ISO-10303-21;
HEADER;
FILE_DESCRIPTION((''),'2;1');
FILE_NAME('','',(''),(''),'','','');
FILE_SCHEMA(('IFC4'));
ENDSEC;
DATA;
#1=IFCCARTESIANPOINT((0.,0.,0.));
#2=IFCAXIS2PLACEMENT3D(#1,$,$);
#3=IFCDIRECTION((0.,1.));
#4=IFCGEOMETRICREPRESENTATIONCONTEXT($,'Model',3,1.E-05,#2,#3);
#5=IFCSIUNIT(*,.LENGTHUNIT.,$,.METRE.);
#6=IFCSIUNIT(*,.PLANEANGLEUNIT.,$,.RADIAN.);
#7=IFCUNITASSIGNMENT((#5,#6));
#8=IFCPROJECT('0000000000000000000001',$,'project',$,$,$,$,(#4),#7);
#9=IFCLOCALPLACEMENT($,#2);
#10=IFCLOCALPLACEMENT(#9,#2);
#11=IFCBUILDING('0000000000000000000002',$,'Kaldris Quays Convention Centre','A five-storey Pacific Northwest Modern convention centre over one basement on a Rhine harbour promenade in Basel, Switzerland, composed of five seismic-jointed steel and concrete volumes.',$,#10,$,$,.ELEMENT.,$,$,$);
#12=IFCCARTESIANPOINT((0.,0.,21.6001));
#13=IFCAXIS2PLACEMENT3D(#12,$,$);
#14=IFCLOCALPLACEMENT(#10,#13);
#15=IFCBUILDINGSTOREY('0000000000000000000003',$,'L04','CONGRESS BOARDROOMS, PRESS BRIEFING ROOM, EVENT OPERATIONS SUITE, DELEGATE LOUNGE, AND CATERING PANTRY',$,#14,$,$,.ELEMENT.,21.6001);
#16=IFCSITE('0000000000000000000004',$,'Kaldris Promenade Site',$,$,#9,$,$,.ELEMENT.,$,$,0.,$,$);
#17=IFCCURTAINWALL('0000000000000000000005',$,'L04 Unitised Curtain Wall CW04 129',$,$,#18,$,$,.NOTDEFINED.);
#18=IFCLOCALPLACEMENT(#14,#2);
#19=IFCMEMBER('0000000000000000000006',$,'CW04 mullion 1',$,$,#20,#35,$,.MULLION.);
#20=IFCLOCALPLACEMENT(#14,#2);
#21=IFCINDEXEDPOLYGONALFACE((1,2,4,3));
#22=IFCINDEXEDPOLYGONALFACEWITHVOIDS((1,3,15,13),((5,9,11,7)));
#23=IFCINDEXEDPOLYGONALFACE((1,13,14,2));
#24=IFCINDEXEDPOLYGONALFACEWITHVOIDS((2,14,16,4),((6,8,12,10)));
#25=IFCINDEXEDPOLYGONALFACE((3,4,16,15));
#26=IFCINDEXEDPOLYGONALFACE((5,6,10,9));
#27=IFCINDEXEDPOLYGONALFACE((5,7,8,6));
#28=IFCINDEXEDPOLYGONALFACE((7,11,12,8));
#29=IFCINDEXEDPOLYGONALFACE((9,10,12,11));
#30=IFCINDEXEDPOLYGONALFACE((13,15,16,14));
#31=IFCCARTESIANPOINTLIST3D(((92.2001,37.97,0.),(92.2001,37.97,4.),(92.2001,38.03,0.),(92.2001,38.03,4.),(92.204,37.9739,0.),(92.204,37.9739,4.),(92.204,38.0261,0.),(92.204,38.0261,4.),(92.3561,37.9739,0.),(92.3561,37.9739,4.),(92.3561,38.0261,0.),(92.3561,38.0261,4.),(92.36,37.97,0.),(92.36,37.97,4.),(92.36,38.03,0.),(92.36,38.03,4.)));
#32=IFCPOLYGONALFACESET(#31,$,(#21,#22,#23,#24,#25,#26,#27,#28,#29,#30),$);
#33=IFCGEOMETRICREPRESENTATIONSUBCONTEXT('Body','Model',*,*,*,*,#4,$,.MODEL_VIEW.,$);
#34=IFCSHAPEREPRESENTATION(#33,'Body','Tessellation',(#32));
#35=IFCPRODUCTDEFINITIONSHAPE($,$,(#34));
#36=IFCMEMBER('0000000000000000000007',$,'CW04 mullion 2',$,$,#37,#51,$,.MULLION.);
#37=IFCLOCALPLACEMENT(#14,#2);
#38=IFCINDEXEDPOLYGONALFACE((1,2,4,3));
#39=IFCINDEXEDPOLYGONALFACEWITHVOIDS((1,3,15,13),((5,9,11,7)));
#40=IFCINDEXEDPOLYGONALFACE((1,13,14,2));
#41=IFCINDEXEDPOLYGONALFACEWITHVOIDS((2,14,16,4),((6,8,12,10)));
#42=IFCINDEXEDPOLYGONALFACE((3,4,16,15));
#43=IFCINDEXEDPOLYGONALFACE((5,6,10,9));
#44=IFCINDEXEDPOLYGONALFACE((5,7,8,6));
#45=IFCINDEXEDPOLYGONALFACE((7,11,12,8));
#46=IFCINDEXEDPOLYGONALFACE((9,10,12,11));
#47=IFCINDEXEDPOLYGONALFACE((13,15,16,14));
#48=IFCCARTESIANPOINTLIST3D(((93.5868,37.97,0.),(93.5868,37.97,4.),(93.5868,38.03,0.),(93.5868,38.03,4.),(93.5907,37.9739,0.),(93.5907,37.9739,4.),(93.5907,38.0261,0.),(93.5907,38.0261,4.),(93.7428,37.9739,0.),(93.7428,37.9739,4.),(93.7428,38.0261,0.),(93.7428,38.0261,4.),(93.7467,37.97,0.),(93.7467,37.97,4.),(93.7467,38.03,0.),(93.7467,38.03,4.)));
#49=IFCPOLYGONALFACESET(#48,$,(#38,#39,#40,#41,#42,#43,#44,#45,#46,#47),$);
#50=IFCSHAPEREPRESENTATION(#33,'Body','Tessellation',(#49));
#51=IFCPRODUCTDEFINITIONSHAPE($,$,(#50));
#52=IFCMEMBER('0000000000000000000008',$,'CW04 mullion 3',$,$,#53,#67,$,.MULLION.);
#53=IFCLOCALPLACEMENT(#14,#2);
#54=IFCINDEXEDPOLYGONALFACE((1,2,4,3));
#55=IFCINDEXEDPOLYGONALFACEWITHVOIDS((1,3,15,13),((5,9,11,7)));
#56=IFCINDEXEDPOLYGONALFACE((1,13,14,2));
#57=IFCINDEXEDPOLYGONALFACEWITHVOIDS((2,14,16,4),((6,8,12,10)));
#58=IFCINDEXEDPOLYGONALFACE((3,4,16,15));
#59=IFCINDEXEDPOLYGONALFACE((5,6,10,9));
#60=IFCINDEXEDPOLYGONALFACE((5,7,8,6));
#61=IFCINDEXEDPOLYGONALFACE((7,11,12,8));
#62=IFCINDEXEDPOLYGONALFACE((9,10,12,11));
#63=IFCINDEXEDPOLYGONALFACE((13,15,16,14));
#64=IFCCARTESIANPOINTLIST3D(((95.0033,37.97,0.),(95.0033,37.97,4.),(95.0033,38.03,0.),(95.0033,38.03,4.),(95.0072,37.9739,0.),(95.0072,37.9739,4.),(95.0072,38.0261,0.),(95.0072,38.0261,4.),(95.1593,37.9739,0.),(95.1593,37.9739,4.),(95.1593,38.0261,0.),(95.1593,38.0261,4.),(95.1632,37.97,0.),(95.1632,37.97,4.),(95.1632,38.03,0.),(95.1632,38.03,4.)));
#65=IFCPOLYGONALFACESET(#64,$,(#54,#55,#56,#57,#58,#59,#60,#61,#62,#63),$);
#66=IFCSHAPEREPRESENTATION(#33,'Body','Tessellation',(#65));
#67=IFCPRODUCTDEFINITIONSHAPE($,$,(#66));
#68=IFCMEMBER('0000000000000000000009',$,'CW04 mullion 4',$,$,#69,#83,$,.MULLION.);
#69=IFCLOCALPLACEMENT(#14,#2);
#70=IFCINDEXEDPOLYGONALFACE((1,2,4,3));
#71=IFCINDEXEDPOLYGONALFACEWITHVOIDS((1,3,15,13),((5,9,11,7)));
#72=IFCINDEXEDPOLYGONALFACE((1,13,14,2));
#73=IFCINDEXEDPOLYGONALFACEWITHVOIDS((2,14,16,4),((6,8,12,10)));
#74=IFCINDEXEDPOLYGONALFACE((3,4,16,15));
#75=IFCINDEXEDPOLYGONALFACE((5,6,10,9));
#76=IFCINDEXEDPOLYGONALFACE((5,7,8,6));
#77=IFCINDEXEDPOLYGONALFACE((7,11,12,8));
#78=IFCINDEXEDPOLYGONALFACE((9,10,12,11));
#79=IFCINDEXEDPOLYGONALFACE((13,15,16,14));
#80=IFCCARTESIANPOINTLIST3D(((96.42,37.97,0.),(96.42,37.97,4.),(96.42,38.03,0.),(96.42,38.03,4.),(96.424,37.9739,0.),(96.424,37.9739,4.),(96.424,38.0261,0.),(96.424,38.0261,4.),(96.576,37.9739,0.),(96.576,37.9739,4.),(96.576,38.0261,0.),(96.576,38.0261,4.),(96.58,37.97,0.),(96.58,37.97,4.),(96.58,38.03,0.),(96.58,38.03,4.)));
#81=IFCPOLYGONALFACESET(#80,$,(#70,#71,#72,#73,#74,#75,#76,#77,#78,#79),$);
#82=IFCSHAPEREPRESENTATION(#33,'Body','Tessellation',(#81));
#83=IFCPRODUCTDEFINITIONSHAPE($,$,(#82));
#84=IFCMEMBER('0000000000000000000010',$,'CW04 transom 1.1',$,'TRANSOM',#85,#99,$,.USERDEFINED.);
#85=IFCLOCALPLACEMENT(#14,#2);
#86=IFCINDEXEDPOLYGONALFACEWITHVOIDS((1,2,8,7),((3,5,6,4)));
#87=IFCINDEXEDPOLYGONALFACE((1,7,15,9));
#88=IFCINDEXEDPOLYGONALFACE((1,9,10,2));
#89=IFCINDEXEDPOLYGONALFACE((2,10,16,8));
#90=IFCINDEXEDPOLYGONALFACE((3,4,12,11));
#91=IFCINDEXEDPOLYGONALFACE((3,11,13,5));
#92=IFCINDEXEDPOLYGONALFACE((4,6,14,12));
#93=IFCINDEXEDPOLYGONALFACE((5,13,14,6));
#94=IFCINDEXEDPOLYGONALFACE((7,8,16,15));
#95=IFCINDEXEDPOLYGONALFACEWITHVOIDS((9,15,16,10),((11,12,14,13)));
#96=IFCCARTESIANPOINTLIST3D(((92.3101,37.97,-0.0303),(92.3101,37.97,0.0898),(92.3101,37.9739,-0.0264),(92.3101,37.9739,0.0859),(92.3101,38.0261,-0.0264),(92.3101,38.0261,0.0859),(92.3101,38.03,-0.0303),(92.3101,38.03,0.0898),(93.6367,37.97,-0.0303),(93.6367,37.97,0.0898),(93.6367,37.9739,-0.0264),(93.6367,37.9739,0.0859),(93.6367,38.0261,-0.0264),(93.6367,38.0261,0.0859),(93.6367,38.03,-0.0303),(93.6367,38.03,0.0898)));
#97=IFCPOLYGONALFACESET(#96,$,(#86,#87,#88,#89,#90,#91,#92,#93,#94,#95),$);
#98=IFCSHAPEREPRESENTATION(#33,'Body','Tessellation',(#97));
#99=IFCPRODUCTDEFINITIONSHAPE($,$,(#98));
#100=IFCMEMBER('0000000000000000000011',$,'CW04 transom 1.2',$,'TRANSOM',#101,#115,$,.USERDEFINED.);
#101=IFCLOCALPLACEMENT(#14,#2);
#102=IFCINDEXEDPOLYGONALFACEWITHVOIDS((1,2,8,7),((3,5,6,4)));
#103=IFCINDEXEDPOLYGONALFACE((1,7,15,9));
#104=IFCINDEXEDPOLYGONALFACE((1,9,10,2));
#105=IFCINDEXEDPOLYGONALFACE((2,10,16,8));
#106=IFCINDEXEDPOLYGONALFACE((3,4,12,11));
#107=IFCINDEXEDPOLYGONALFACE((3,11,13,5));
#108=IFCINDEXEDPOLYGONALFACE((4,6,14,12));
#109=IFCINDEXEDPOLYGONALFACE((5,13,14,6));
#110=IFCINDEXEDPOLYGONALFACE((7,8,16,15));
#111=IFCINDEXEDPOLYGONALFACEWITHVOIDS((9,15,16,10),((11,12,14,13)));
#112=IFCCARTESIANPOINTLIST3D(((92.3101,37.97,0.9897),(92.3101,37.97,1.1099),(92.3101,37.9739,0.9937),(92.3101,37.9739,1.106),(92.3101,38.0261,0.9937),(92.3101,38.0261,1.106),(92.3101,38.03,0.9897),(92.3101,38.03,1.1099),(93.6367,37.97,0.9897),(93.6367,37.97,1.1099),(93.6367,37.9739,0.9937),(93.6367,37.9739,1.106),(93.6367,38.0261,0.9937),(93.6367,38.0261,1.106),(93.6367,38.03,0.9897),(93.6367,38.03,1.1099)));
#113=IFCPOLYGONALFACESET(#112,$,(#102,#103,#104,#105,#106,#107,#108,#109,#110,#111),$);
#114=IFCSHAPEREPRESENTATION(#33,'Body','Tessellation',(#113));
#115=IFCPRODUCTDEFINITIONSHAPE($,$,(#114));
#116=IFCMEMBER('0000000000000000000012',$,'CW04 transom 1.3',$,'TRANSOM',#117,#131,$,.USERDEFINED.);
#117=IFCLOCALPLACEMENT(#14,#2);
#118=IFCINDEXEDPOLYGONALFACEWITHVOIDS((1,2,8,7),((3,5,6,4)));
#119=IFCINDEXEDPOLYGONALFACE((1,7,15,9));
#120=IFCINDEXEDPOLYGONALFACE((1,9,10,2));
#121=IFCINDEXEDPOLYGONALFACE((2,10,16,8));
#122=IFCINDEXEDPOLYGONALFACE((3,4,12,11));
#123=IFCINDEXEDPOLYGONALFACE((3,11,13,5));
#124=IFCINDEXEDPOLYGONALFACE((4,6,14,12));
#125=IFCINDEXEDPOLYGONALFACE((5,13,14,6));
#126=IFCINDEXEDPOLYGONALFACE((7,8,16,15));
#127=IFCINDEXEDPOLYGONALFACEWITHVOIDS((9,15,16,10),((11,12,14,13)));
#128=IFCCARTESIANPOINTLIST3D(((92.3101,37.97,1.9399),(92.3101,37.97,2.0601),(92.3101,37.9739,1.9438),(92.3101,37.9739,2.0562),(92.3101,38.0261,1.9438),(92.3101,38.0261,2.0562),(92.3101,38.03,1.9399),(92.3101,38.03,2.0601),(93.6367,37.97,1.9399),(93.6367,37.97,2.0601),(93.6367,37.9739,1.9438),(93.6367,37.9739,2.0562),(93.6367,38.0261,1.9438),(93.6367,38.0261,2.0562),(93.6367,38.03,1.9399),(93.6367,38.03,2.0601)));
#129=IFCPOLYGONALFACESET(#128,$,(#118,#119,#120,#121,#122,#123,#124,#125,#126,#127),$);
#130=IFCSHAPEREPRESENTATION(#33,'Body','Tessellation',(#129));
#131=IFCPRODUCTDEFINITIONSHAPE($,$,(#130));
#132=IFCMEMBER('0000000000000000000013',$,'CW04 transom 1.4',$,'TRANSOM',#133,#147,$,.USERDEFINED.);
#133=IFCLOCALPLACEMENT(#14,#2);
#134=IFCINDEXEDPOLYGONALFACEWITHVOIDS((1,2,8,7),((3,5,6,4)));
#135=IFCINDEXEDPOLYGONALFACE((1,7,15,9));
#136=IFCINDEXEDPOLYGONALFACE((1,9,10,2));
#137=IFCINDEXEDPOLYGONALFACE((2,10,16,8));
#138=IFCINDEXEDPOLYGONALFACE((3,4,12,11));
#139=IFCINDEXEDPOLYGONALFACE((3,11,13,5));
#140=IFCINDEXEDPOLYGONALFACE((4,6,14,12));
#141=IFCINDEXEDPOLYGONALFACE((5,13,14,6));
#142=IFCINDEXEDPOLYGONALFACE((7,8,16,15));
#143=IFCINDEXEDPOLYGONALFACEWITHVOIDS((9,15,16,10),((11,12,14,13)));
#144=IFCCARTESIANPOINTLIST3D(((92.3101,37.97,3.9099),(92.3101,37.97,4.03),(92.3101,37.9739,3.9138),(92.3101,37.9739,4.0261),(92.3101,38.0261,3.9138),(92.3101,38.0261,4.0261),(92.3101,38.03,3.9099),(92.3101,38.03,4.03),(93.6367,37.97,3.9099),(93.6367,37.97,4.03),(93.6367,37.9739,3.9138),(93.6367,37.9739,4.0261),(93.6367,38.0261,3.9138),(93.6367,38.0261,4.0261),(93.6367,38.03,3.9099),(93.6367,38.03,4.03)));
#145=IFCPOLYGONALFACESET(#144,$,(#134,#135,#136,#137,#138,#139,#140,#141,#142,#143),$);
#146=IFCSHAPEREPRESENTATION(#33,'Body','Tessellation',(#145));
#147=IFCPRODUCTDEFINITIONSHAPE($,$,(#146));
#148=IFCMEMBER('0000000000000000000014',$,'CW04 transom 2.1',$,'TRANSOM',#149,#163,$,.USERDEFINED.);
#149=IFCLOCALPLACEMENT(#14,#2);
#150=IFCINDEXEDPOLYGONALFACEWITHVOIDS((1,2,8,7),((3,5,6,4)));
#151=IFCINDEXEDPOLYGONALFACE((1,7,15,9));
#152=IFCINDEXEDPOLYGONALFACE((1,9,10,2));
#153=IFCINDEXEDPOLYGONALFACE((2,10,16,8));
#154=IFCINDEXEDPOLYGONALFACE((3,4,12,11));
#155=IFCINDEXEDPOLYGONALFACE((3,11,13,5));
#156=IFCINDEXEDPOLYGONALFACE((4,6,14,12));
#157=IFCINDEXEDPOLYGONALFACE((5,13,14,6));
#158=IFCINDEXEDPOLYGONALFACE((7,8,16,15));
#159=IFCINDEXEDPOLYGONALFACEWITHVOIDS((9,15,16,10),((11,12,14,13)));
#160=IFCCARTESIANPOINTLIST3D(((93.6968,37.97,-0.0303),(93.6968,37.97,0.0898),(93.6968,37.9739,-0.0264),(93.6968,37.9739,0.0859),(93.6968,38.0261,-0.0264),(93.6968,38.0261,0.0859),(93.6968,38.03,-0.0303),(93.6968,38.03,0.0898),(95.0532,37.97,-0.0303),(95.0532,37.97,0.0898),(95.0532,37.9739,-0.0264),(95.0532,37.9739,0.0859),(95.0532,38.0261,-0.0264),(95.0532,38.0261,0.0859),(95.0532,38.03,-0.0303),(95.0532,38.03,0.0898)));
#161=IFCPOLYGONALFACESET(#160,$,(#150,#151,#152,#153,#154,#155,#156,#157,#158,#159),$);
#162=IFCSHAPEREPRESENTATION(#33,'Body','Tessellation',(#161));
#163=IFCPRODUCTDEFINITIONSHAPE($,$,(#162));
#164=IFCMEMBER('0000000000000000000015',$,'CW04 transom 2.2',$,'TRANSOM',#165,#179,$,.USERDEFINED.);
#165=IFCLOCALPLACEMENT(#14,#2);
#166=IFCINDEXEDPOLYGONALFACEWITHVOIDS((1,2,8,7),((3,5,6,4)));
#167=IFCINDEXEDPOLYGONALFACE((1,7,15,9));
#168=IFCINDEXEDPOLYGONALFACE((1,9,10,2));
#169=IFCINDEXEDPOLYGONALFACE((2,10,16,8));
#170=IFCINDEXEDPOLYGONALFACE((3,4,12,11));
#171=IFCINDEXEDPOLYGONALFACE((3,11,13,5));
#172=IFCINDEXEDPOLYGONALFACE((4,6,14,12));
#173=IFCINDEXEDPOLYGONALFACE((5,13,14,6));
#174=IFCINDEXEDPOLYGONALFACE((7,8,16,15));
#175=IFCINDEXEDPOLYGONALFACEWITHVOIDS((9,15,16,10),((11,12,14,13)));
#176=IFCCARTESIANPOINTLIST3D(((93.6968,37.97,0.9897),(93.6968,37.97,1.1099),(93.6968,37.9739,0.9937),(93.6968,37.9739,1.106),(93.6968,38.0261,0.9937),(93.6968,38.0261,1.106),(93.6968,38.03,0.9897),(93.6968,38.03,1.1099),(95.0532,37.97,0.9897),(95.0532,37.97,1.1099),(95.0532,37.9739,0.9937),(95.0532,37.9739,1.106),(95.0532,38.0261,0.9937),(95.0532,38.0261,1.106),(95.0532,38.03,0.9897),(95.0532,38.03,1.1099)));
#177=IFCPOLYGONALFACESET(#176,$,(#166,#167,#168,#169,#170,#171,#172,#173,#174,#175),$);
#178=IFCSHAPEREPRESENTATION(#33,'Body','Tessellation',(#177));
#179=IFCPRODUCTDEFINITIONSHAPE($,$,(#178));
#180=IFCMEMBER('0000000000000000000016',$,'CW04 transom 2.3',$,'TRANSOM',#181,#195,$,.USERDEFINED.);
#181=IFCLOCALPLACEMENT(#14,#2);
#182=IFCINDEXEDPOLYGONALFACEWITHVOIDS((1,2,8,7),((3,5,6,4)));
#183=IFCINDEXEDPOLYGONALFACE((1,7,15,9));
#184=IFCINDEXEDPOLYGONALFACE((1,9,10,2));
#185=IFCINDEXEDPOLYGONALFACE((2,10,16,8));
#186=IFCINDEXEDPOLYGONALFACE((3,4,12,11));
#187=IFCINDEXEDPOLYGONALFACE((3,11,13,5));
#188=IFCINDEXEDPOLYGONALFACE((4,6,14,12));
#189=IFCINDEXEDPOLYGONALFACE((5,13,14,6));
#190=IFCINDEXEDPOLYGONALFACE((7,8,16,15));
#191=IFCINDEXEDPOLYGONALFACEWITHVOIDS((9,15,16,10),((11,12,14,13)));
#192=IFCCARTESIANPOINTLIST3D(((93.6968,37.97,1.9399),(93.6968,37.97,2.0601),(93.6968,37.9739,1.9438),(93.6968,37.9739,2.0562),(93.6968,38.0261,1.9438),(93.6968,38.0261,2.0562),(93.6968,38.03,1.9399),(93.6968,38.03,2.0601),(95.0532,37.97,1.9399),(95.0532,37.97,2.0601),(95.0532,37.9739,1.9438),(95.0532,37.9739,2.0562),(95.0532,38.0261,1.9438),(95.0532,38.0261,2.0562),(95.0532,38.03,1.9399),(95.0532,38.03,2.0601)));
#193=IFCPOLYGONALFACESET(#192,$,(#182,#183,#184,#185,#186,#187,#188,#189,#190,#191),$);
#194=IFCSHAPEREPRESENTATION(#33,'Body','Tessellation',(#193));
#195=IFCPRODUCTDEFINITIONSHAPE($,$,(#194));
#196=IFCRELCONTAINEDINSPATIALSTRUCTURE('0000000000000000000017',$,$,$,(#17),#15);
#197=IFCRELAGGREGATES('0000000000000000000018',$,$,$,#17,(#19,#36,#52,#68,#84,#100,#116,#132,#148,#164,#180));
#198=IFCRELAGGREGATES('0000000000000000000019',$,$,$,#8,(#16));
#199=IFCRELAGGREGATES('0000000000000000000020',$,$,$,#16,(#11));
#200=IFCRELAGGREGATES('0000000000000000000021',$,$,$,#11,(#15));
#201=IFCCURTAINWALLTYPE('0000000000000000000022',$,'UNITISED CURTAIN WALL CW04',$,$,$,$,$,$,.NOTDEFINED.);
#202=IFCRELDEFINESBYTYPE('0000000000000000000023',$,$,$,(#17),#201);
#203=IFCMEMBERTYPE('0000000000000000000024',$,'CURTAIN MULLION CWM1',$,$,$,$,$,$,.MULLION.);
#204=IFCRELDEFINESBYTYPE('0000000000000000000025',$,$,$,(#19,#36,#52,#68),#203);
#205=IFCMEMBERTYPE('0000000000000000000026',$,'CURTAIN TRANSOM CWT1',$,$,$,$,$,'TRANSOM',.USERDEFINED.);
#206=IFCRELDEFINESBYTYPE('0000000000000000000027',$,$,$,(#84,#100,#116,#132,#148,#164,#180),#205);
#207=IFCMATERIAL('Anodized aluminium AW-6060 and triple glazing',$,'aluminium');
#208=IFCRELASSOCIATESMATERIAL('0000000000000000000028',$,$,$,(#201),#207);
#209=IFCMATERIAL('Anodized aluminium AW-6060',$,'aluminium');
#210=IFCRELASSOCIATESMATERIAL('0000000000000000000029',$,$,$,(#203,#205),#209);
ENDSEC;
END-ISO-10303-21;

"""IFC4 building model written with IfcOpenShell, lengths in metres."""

from ifc_helpers import new_model, si_unit, direction, frame, origin, origin_2d, place, context, subcontext, project, spatial, hollow_rectangle, extrude, material, material_profile, profile_set, type_object, element, aggregate, save


model = new_model("IFC4")

# Units and contexts
model_context = context("Model", 3, precision=1e-05, world=origin(), true_north=direction((0.0, 1.0)))
body_context = subcontext(model_context, "Body", "Model", "MODEL_VIEW")
ifc_project = project(units=[si_unit("LENGTHUNIT", "METRE"), si_unit("PLANEANGLEUNIT", "RADIAN")], contexts=[model_context])

# Site, building, storey
site_placement = place(None, origin())
site = spatial("IfcSite", under=ifc_project, at=site_placement, Name="Kaldris Promenade Site", CompositionType="ELEMENT", RefElevation=0.0)
building_placement = place(site_placement, origin())
building = spatial("IfcBuilding", under=site, at=building_placement, Name="Kaldris Quays Convention Centre", Description="A five-storey Pacific Northwest Modern convention centre over one basement on a Rhine harbour promenade in Basel, Switzerland, composed of five seismic-jointed steel and concrete volumes.", CompositionType="ELEMENT")
storey_placement = place(building_placement, frame((0.0, 0.0, 21.6001)))
storey = spatial("IfcBuildingStorey", under=building, at=storey_placement, Name="L04", Description="CONGRESS BOARDROOMS, PRESS BRIEFING ROOM, EVENT OPERATIONS SUITE, DELEGATE LOUNGE, AND CATERING PANTRY", CompositionType="ELEMENT", Elevation=21.6001)

# Curtain wall, members
ifc_material_1 = material(Name="Anodized aluminium AW-6060 and triple glazing", Category="aluminium")
curtain_wall_type = type_object("IfcCurtainWallType", Name="UNITISED CURTAIN WALL CW04", PredefinedType="NOTDEFINED", material=ifc_material_1)
curtain_wall_placement = place(storey_placement, origin())
curtain_wall = element("IfcCurtainWall", 1, at=curtain_wall_placement, inside=storey, type_object=curtain_wall_type, Name="L04 Unitised Curtain Wall CW04 129", PredefinedType="NOTDEFINED")
ifc_material_2 = material(Name="Anodized aluminium AW-6060", Category="aluminium")
ifc_material_profile_1 = material_profile(ifc_material_2, hollow_rectangle(XDim=0.0601, YDim=0.1599, WallThickness=0.0039, at=origin_2d()), Name="RHS 160x60x4")
ifc_profile_set_1 = profile_set([ifc_material_profile_1], Name="Anodized aluminium AW-6060")
member_type_1 = type_object("IfcMemberType", Name="CURTAIN MULLION CWM1", PredefinedType="MULLION", material=ifc_profile_set_1)
member_1_placement = place(storey_placement, frame((92.28, 38.0, 0.0), z_axis=(0.0, 0.0, 1.0), x_axis=(0.0, 1.0, 0.0)))
member_1 = element("IfcMember", 2, at=member_1_placement, type_object=member_type_1, Name="CW04 mullion 1", PredefinedType="MULLION", context=body_context, shape_type="SweptSolid", body=[
    extrude(hollow_rectangle(XDim=0.0601, YDim=0.1599, WallThickness=0.0039, at=origin_2d()), origin(), (0.0, 0.0, 1.0), 4.0),
])
member_2_placement = place(storey_placement, frame((93.6667, 38.0, 0.0), z_axis=(0.0, 0.0, 1.0), x_axis=(0.0, 1.0, 0.0)))
member_2 = element("IfcMember", 3, at=member_2_placement, type_object=member_type_1, Name="CW04 mullion 2", PredefinedType="MULLION", context=body_context, shape_type="SweptSolid", body=[
    extrude(hollow_rectangle(XDim=0.0601, YDim=0.1599, WallThickness=0.0039, at=origin_2d()), origin(), (0.0, 0.0, 1.0), 4.0),
])
member_3_placement = place(storey_placement, frame((95.0833, 38.0, 0.0), z_axis=(0.0, 0.0, 1.0), x_axis=(0.0, 1.0, 0.0)))
member_3 = element("IfcMember", 4, at=member_3_placement, type_object=member_type_1, Name="CW04 mullion 3", PredefinedType="MULLION", context=body_context, shape_type="SweptSolid", body=[
    extrude(hollow_rectangle(XDim=0.0601, YDim=0.1599, WallThickness=0.0039, at=origin_2d()), origin(), (0.0, 0.0, 1.0), 4.0),
])
member_4_placement = place(storey_placement, frame((96.5, 38.0, 0.0), z_axis=(0.0, 0.0, 1.0), x_axis=(0.0, 1.0, 0.0)))
member_4 = element("IfcMember", 5, at=member_4_placement, type_object=member_type_1, Name="CW04 mullion 4", PredefinedType="MULLION", context=body_context, shape_type="SweptSolid", body=[
    extrude(hollow_rectangle(XDim=0.0601, YDim=0.1599, WallThickness=0.0039, at=origin_2d()), origin(), (0.0, 0.0, 1.0), 4.0),
])
ifc_material_profile_2 = material_profile(ifc_material_2, hollow_rectangle(XDim=0.0601, YDim=0.1201, WallThickness=0.0039, at=origin_2d()), Name="RHS 120x60x4")
ifc_profile_set_2 = profile_set([ifc_material_profile_2], Name="Anodized aluminium AW-6060")
member_type_2 = type_object("IfcMemberType", Name="CURTAIN TRANSOM CWT1", ElementType="TRANSOM", PredefinedType="USERDEFINED", material=ifc_profile_set_2)
member_5_placement = place(storey_placement, frame((92.3101, 38.0, 0.0298), z_axis=(1.0, 0.0, 0.0), x_axis=(0.0, 1.0, 0.0)))
member_5 = element("IfcMember", 6, at=member_5_placement, type_object=member_type_2, Name="CW04 transom 1.1", ObjectType="TRANSOM", PredefinedType="USERDEFINED", context=body_context, shape_type="SweptSolid", body=[
    extrude(hollow_rectangle(XDim=0.0601, YDim=0.1201, WallThickness=0.0039, at=origin_2d()), origin(), (0.0, 0.0, 1.0), 1.3267),
])
member_6_placement = place(storey_placement, frame((92.3101, 38.0, 1.0498), z_axis=(1.0, 0.0, 0.0), x_axis=(0.0, 1.0, 0.0)))
member_6 = element("IfcMember", 7, at=member_6_placement, type_object=member_type_2, Name="CW04 transom 1.2", ObjectType="TRANSOM", PredefinedType="USERDEFINED", context=body_context, shape_type="SweptSolid", body=[
    extrude(hollow_rectangle(XDim=0.0601, YDim=0.1201, WallThickness=0.0039, at=origin_2d()), origin(), (0.0, 0.0, 1.0), 1.3267),
])
member_7_placement = place(storey_placement, frame((92.3101, 38.0, 2.0), z_axis=(1.0, 0.0, 0.0), x_axis=(0.0, 1.0, 0.0)))
member_7 = element("IfcMember", 8, at=member_7_placement, type_object=member_type_2, Name="CW04 transom 1.3", ObjectType="TRANSOM", PredefinedType="USERDEFINED", context=body_context, shape_type="SweptSolid", body=[
    extrude(hollow_rectangle(XDim=0.0601, YDim=0.1201, WallThickness=0.0039, at=origin_2d()), origin(), (0.0, 0.0, 1.0), 1.3267),
])
member_8_placement = place(storey_placement, frame((92.3101, 38.0, 3.97), z_axis=(1.0, 0.0, 0.0), x_axis=(0.0, 1.0, 0.0)))
member_8 = element("IfcMember", 9, at=member_8_placement, type_object=member_type_2, Name="CW04 transom 1.4", ObjectType="TRANSOM", PredefinedType="USERDEFINED", context=body_context, shape_type="SweptSolid", body=[
    extrude(hollow_rectangle(XDim=0.0601, YDim=0.1201, WallThickness=0.0039, at=origin_2d()), origin(), (0.0, 0.0, 1.0), 1.3267),
])
member_9_placement = place(storey_placement, frame((93.6968, 38.0, 0.0298), z_axis=(1.0, 0.0, 0.0), x_axis=(0.0, 1.0, 0.0)))
member_9 = element("IfcMember", 10, at=member_9_placement, type_object=member_type_2, Name="CW04 transom 2.1", ObjectType="TRANSOM", PredefinedType="USERDEFINED", context=body_context, shape_type="SweptSolid", body=[
    extrude(hollow_rectangle(XDim=0.0601, YDim=0.1201, WallThickness=0.0039, at=origin_2d()), origin(), (0.0, 0.0, 1.0), 1.3564),
])
member_10_placement = place(storey_placement, frame((93.6968, 38.0, 1.0498), z_axis=(1.0, 0.0, 0.0), x_axis=(0.0, 1.0, 0.0)))
member_10 = element("IfcMember", 11, at=member_10_placement, type_object=member_type_2, Name="CW04 transom 2.2", ObjectType="TRANSOM", PredefinedType="USERDEFINED", context=body_context, shape_type="SweptSolid", body=[
    extrude(hollow_rectangle(XDim=0.0601, YDim=0.1201, WallThickness=0.0039, at=origin_2d()), origin(), (0.0, 0.0, 1.0), 1.3564),
])
member_11_placement = place(storey_placement, frame((93.6968, 38.0, 2.0), z_axis=(1.0, 0.0, 0.0), x_axis=(0.0, 1.0, 0.0)))
member_11 = element("IfcMember", 12, at=member_11_placement, type_object=member_type_2, Name="CW04 transom 2.3", ObjectType="TRANSOM", PredefinedType="USERDEFINED", context=body_context, shape_type="SweptSolid", body=[
    extrude(hollow_rectangle(XDim=0.0601, YDim=0.1201, WallThickness=0.0039, at=origin_2d()), origin(), (0.0, 0.0, 1.0), 1.3564),
])

aggregate(curtain_wall, [member_1, member_2, member_3, member_4, member_5, member_6, member_7, member_8, member_9, member_10, member_11])

save(model, "model.ifc")
